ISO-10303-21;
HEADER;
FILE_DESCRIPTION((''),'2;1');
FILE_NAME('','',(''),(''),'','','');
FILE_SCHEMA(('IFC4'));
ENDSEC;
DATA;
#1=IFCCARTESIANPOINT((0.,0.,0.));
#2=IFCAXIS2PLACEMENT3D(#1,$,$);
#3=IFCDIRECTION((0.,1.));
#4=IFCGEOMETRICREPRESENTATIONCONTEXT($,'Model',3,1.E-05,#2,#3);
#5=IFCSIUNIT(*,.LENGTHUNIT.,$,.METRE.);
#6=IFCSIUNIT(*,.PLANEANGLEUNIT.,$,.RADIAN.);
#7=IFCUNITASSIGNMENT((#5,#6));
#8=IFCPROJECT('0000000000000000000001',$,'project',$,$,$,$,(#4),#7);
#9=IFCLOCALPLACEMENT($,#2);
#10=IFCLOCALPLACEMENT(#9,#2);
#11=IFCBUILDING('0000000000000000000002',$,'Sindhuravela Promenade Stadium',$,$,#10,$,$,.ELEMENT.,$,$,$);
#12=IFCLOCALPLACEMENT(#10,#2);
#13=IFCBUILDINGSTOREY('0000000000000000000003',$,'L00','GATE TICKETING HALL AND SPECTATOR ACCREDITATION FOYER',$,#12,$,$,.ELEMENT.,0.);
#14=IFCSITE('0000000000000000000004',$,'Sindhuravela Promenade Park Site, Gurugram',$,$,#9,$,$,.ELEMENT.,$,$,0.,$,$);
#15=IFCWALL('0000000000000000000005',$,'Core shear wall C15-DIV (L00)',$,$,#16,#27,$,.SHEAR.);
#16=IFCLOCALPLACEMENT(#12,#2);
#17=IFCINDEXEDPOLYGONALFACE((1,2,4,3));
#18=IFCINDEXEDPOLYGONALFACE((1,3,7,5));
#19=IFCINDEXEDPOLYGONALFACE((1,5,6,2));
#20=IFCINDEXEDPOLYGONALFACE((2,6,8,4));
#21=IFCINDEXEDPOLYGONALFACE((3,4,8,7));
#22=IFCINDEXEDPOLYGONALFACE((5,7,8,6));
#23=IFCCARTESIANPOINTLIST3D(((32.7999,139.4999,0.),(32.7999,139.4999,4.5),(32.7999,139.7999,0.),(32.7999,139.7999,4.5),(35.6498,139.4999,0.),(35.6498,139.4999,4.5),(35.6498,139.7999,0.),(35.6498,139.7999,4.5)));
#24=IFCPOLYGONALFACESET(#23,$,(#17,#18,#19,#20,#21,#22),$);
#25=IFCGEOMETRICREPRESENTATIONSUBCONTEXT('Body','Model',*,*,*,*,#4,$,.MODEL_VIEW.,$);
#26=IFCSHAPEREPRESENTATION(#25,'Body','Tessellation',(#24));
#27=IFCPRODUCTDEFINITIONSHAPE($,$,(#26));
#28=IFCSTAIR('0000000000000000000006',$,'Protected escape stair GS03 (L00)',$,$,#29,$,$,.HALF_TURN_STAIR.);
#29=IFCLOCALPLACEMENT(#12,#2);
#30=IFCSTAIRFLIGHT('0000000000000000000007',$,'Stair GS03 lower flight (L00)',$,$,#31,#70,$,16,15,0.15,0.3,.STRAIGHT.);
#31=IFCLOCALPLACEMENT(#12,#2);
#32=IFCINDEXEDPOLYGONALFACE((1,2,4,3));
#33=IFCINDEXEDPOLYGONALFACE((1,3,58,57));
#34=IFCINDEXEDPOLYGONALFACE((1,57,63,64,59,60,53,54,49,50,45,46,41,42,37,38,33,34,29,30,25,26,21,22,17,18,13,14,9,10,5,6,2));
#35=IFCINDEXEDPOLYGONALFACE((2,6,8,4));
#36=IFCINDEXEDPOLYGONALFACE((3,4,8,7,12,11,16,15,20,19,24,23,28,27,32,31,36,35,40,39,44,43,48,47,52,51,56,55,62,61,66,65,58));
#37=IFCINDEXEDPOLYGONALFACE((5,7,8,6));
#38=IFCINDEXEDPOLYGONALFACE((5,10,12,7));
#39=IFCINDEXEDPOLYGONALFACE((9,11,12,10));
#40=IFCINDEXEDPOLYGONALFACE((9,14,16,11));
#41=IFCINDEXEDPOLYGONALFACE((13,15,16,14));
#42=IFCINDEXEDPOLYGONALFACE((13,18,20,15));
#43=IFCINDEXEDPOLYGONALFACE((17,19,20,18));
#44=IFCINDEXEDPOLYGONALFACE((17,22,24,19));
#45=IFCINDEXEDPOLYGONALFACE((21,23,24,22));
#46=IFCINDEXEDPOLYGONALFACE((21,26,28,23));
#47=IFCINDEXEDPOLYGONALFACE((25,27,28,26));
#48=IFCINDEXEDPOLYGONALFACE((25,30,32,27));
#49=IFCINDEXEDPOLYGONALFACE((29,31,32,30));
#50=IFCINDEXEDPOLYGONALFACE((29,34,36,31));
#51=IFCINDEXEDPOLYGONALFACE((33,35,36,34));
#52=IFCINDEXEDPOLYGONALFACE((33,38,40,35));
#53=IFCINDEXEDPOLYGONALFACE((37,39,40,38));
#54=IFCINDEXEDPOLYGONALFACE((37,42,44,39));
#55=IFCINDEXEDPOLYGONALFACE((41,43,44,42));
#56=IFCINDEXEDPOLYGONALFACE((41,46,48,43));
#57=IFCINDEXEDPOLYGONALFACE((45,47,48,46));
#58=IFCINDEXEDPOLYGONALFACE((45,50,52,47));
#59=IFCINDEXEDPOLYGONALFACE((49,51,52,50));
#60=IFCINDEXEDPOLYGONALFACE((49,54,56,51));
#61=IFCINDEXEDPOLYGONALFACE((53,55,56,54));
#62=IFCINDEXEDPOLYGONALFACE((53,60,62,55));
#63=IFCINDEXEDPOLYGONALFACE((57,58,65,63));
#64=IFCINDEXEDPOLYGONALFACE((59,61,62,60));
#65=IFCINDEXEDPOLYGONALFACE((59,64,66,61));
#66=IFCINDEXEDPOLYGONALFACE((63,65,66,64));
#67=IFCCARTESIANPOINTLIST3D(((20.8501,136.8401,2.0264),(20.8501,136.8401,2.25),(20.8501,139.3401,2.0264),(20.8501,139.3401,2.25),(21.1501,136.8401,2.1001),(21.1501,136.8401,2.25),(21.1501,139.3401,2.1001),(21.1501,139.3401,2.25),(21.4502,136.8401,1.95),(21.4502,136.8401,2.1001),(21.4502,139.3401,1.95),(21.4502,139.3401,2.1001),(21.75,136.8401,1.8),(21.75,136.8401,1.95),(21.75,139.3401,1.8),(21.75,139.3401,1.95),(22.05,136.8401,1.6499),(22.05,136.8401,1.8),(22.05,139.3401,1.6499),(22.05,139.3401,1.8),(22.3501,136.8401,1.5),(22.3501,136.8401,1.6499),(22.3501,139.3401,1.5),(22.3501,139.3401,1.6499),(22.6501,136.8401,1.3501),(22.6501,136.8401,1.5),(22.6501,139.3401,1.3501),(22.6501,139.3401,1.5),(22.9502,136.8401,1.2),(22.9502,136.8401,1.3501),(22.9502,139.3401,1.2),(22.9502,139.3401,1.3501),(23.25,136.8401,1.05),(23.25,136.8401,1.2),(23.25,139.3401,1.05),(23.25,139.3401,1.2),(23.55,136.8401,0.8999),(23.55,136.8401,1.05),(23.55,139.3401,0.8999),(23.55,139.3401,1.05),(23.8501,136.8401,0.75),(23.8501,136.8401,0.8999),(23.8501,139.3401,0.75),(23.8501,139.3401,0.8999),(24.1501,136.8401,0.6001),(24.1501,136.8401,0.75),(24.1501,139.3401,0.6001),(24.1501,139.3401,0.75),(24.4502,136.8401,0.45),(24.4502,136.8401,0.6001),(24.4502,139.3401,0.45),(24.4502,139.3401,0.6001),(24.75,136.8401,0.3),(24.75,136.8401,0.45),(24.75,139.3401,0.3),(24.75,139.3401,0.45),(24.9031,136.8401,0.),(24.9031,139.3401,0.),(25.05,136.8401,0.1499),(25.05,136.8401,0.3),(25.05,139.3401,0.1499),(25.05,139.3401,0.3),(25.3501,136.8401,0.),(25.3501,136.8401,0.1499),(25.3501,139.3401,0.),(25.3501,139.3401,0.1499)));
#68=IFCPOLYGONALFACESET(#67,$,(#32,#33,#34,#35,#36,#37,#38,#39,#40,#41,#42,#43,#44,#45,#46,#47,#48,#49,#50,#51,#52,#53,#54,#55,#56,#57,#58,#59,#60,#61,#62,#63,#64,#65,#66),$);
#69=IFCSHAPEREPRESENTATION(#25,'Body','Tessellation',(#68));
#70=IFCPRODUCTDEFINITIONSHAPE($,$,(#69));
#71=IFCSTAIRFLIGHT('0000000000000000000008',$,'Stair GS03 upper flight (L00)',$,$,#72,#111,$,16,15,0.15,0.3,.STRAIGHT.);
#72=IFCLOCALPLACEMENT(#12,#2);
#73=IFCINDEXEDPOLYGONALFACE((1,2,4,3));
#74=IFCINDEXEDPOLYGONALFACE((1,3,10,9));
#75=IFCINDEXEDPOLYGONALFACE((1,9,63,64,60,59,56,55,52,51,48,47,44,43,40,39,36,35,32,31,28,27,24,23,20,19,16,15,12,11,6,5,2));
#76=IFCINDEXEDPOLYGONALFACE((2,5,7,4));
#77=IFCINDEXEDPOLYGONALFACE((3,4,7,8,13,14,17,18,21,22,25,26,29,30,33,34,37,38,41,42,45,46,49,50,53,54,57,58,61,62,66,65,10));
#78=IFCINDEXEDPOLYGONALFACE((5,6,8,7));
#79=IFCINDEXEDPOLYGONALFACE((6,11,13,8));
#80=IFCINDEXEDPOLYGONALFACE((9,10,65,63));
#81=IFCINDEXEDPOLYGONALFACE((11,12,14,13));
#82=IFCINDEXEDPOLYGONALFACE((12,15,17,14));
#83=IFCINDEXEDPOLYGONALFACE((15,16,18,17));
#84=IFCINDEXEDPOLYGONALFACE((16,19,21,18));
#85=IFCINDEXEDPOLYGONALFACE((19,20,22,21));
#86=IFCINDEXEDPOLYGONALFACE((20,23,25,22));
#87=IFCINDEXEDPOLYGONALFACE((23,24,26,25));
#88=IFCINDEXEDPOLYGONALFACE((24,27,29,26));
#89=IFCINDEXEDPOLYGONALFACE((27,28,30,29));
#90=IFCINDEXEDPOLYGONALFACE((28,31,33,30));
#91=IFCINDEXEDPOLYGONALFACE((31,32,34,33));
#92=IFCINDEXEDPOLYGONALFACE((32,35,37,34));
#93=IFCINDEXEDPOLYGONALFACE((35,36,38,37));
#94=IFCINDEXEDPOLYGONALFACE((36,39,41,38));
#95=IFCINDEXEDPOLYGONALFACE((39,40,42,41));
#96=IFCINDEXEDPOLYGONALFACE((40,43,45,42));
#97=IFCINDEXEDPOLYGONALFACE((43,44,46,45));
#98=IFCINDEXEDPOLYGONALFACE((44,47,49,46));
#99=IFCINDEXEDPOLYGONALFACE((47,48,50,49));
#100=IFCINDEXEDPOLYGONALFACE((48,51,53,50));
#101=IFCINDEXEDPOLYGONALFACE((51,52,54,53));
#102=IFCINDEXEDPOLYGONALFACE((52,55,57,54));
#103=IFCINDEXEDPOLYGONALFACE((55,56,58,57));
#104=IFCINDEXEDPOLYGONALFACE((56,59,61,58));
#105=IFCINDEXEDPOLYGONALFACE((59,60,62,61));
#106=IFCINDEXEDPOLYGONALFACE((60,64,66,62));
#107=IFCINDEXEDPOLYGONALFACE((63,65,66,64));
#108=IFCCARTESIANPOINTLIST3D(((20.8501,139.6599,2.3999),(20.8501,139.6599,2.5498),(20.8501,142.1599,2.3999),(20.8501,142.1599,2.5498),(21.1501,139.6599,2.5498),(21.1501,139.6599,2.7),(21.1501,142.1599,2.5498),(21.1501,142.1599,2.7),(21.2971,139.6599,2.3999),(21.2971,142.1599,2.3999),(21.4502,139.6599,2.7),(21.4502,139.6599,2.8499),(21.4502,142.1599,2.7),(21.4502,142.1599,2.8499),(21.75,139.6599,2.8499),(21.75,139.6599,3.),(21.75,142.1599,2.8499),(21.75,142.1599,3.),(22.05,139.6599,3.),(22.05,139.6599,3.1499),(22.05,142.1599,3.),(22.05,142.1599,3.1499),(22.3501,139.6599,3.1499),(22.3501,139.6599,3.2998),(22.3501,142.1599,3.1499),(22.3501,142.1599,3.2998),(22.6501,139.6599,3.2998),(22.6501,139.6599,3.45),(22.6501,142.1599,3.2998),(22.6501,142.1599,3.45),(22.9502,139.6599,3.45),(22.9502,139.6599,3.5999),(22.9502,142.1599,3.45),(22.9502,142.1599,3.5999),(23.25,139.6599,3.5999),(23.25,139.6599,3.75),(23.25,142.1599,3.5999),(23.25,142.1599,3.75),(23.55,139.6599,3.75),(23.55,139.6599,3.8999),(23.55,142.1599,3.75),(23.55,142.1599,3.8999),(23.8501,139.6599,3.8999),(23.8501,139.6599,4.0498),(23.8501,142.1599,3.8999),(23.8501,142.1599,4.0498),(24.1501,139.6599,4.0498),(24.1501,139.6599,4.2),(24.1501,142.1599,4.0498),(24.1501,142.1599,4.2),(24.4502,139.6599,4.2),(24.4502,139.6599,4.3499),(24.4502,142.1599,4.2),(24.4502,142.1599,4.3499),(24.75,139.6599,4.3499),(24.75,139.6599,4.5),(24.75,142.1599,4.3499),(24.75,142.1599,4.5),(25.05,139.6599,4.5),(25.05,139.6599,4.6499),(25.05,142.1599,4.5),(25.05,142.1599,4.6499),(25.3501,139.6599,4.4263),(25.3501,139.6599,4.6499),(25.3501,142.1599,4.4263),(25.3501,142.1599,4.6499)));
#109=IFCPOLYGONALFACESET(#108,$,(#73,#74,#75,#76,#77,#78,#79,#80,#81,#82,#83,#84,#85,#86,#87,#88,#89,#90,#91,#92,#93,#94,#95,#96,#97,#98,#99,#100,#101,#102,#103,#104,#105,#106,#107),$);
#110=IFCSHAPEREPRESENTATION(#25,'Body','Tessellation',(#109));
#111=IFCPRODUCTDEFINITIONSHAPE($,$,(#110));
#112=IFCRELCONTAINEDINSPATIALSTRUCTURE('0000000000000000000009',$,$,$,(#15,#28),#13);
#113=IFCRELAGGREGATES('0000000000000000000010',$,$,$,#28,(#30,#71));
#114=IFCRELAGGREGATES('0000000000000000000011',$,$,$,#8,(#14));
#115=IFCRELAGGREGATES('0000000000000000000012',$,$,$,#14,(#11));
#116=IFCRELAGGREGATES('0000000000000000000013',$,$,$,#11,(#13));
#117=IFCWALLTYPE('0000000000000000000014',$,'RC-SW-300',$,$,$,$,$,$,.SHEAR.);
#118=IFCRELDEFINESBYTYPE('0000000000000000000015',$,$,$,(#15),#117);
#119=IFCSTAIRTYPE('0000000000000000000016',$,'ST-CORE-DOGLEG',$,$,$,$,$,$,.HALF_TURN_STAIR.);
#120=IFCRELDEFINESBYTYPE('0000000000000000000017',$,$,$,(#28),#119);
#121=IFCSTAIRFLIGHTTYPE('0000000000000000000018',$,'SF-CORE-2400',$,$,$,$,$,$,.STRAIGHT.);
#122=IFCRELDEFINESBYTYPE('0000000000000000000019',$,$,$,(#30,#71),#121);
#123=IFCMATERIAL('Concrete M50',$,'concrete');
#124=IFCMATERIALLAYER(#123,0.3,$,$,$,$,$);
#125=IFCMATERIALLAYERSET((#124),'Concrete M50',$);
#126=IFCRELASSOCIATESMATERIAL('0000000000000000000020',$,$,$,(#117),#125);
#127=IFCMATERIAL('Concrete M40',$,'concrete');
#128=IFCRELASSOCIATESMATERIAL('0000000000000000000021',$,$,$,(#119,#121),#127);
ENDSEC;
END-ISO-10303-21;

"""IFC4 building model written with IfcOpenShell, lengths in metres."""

from ifc_helpers import new_model, si_unit, direction, frame, frame_2d, origin, place, context, subcontext, project, spatial, polyline, rectangle, outline, extrude, material, layer, layer_set, type_object, element, aggregate, save


model = new_model("IFC4")

# Units and contexts
model_context = context("Model", 3, precision=1e-05, world=origin(), true_north=direction((0.0, 1.0)))
body_context = subcontext(model_context, "Body", "Model", "MODEL_VIEW")
ifc_project = project(units=[si_unit("LENGTHUNIT", "METRE"), si_unit("PLANEANGLEUNIT", "RADIAN")], contexts=[model_context])

# Site, building, storey
site_placement = place(None, origin())
site = spatial("IfcSite", under=ifc_project, at=site_placement, Name="Sindhuravela Promenade Park Site, Gurugram", CompositionType="ELEMENT", RefElevation=0.0)
building_placement = place(site_placement, origin())
building = spatial("IfcBuilding", under=site, at=building_placement, Name="Sindhuravela Promenade Stadium", CompositionType="ELEMENT")
storey_placement = place(building_placement, origin())
storey = spatial("IfcBuildingStorey", under=building, at=storey_placement, Name="L00", Description="GATE TICKETING HALL AND SPECTATOR ACCREDITATION FOYER", CompositionType="ELEMENT", Elevation=0.0)

# Shared definitions
ifc_material_1 = material(Name="Concrete M50", Category="concrete")

# Shared definitions
ifc_material_2 = material(Name="Concrete M40", Category="concrete")

# Shared definitions
ifc_layer_1 = layer(ifc_material_1, 0.3)
ifc_layer_set_1 = layer_set([ifc_layer_1], Name="Concrete M50")
wall_type_1 = type_object("IfcWallType", Name="RC-SW-300", PredefinedType="SHEAR", material=ifc_layer_set_1)

# Wall
wall_1_placement = place(storey_placement, frame((32.8, 139.6499, 0.0), z_axis=(0.0, 0.0, 1.0), x_axis=(1.0, 0.0, 0.0)))
element("IfcWall", 1, at=wall_1_placement, inside=storey, type_object=wall_type_1, Name="Core shear wall C15-DIV (L00)", PredefinedType="SHEAR", context=body_context, shape_type="SweptSolid", body=[
    extrude(rectangle(XDim=2.8499, YDim=0.3, at=frame_2d((1.4248, 0.0))), origin(), (0.0, 0.0, 1.0), 4.5),
])

# Stair, stair flights
stair_type = type_object("IfcStairType", Name="ST-CORE-DOGLEG", PredefinedType="HALF_TURN_STAIR", material=ifc_material_2)
stair_placement = place(storey_placement, origin())
stair = element("IfcStair", 2, at=stair_placement, inside=storey, type_object=stair_type, Name="Protected escape stair GS03 (L00)", PredefinedType="HALF_TURN_STAIR")
stair_flight_type = type_object("IfcStairFlightType", Name="SF-CORE-2400", PredefinedType="STRAIGHT", material=ifc_material_2)
stair_flight_1_placement = place(storey_placement, frame((25.3501, 138.0901, 0.0), z_axis=(0.0, 0.0, 1.0), x_axis=(-1.0, 0.0, 0.0)))
stair_flight_1 = element("IfcStairFlight", 3, at=stair_flight_1_placement, type_object=stair_flight_type, Name="Stair GS03 lower flight (L00)", NumberOfRisers=16, NumberOfTreads=15, PredefinedType="STRAIGHT", RiserHeight=0.15, TreadLength=0.3, context=body_context, shape_type="SweptSolid", body=[
    extrude(outline(polyline([(0.0, 0.0), (0.0, 0.1499), (0.3, 0.1499), (0.3, 0.3), (0.6001, 0.3), (0.6001, 0.45), (0.8999, 0.45), (0.8999, 0.6001), (1.2, 0.6001), (1.2, 0.75), (1.5, 0.75), (1.5, 0.8999), (1.8, 0.8999), (1.8, 1.05), (2.1001, 1.05), (2.1001, 1.2), (2.3999, 1.2), (2.3999, 1.3501), (2.7, 1.3501), (2.7, 1.5), (3.0, 1.5), (3.0, 1.6499), (3.3, 1.6499), (3.3, 1.8), (3.6001, 1.8), (3.6001, 1.95), (3.8999, 1.95), (3.8999, 2.1001), (4.2, 2.1001), (4.2, 2.25), (4.5, 2.25), (4.5, 2.3999), (4.5, 2.0264), (0.447, 0.0), (0.0, 0.0)])), frame((0.0, 1.25, 0.0), z_axis=(0.0, -1.0, 0.0), x_axis=(1.0, 0.0, 0.0)), (0.0, 0.0, 1.0), 2.5),
])
stair_flight_2_placement = place(storey_placement, frame((20.8501, 140.9099, 2.3999), z_axis=(0.0, 0.0, 1.0), x_axis=(1.0, 0.0, 0.0)))
stair_flight_2 = element("IfcStairFlight", 4, at=stair_flight_2_placement, type_object=stair_flight_type, Name="Stair GS03 upper flight (L00)", NumberOfRisers=16, NumberOfTreads=15, PredefinedType="STRAIGHT", RiserHeight=0.15, TreadLength=0.3, context=body_context, shape_type="SweptSolid", body=[
    extrude(outline(polyline([(0.0, 0.0), (0.0, 0.1499), (0.3, 0.1499), (0.3, 0.3), (0.6001, 0.3), (0.6001, 0.45), (0.8999, 0.45), (0.8999, 0.6001), (1.2, 0.6001), (1.2, 0.75), (1.5, 0.75), (1.5, 0.8999), (1.8, 0.8999), (1.8, 1.05), (2.1001, 1.05), (2.1001, 1.2), (2.3999, 1.2), (2.3999, 1.3501), (2.7, 1.3501), (2.7, 1.5), (3.0, 1.5), (3.0, 1.6499), (3.3, 1.6499), (3.3, 1.8), (3.6001, 1.8), (3.6001, 1.95), (3.8999, 1.95), (3.8999, 2.1001), (4.2, 2.1001), (4.2, 2.25), (4.5, 2.25), (4.5, 2.3999), (4.5, 2.0264), (0.447, 0.0), (0.0, 0.0)])), frame((0.0, 1.25, 0.0), z_axis=(0.0, -1.0, 0.0), x_axis=(1.0, 0.0, 0.0)), (0.0, 0.0, 1.0), 2.5),
])
aggregate(stair, [stair_flight_1, stair_flight_2])

save(model, "model.ifc")
